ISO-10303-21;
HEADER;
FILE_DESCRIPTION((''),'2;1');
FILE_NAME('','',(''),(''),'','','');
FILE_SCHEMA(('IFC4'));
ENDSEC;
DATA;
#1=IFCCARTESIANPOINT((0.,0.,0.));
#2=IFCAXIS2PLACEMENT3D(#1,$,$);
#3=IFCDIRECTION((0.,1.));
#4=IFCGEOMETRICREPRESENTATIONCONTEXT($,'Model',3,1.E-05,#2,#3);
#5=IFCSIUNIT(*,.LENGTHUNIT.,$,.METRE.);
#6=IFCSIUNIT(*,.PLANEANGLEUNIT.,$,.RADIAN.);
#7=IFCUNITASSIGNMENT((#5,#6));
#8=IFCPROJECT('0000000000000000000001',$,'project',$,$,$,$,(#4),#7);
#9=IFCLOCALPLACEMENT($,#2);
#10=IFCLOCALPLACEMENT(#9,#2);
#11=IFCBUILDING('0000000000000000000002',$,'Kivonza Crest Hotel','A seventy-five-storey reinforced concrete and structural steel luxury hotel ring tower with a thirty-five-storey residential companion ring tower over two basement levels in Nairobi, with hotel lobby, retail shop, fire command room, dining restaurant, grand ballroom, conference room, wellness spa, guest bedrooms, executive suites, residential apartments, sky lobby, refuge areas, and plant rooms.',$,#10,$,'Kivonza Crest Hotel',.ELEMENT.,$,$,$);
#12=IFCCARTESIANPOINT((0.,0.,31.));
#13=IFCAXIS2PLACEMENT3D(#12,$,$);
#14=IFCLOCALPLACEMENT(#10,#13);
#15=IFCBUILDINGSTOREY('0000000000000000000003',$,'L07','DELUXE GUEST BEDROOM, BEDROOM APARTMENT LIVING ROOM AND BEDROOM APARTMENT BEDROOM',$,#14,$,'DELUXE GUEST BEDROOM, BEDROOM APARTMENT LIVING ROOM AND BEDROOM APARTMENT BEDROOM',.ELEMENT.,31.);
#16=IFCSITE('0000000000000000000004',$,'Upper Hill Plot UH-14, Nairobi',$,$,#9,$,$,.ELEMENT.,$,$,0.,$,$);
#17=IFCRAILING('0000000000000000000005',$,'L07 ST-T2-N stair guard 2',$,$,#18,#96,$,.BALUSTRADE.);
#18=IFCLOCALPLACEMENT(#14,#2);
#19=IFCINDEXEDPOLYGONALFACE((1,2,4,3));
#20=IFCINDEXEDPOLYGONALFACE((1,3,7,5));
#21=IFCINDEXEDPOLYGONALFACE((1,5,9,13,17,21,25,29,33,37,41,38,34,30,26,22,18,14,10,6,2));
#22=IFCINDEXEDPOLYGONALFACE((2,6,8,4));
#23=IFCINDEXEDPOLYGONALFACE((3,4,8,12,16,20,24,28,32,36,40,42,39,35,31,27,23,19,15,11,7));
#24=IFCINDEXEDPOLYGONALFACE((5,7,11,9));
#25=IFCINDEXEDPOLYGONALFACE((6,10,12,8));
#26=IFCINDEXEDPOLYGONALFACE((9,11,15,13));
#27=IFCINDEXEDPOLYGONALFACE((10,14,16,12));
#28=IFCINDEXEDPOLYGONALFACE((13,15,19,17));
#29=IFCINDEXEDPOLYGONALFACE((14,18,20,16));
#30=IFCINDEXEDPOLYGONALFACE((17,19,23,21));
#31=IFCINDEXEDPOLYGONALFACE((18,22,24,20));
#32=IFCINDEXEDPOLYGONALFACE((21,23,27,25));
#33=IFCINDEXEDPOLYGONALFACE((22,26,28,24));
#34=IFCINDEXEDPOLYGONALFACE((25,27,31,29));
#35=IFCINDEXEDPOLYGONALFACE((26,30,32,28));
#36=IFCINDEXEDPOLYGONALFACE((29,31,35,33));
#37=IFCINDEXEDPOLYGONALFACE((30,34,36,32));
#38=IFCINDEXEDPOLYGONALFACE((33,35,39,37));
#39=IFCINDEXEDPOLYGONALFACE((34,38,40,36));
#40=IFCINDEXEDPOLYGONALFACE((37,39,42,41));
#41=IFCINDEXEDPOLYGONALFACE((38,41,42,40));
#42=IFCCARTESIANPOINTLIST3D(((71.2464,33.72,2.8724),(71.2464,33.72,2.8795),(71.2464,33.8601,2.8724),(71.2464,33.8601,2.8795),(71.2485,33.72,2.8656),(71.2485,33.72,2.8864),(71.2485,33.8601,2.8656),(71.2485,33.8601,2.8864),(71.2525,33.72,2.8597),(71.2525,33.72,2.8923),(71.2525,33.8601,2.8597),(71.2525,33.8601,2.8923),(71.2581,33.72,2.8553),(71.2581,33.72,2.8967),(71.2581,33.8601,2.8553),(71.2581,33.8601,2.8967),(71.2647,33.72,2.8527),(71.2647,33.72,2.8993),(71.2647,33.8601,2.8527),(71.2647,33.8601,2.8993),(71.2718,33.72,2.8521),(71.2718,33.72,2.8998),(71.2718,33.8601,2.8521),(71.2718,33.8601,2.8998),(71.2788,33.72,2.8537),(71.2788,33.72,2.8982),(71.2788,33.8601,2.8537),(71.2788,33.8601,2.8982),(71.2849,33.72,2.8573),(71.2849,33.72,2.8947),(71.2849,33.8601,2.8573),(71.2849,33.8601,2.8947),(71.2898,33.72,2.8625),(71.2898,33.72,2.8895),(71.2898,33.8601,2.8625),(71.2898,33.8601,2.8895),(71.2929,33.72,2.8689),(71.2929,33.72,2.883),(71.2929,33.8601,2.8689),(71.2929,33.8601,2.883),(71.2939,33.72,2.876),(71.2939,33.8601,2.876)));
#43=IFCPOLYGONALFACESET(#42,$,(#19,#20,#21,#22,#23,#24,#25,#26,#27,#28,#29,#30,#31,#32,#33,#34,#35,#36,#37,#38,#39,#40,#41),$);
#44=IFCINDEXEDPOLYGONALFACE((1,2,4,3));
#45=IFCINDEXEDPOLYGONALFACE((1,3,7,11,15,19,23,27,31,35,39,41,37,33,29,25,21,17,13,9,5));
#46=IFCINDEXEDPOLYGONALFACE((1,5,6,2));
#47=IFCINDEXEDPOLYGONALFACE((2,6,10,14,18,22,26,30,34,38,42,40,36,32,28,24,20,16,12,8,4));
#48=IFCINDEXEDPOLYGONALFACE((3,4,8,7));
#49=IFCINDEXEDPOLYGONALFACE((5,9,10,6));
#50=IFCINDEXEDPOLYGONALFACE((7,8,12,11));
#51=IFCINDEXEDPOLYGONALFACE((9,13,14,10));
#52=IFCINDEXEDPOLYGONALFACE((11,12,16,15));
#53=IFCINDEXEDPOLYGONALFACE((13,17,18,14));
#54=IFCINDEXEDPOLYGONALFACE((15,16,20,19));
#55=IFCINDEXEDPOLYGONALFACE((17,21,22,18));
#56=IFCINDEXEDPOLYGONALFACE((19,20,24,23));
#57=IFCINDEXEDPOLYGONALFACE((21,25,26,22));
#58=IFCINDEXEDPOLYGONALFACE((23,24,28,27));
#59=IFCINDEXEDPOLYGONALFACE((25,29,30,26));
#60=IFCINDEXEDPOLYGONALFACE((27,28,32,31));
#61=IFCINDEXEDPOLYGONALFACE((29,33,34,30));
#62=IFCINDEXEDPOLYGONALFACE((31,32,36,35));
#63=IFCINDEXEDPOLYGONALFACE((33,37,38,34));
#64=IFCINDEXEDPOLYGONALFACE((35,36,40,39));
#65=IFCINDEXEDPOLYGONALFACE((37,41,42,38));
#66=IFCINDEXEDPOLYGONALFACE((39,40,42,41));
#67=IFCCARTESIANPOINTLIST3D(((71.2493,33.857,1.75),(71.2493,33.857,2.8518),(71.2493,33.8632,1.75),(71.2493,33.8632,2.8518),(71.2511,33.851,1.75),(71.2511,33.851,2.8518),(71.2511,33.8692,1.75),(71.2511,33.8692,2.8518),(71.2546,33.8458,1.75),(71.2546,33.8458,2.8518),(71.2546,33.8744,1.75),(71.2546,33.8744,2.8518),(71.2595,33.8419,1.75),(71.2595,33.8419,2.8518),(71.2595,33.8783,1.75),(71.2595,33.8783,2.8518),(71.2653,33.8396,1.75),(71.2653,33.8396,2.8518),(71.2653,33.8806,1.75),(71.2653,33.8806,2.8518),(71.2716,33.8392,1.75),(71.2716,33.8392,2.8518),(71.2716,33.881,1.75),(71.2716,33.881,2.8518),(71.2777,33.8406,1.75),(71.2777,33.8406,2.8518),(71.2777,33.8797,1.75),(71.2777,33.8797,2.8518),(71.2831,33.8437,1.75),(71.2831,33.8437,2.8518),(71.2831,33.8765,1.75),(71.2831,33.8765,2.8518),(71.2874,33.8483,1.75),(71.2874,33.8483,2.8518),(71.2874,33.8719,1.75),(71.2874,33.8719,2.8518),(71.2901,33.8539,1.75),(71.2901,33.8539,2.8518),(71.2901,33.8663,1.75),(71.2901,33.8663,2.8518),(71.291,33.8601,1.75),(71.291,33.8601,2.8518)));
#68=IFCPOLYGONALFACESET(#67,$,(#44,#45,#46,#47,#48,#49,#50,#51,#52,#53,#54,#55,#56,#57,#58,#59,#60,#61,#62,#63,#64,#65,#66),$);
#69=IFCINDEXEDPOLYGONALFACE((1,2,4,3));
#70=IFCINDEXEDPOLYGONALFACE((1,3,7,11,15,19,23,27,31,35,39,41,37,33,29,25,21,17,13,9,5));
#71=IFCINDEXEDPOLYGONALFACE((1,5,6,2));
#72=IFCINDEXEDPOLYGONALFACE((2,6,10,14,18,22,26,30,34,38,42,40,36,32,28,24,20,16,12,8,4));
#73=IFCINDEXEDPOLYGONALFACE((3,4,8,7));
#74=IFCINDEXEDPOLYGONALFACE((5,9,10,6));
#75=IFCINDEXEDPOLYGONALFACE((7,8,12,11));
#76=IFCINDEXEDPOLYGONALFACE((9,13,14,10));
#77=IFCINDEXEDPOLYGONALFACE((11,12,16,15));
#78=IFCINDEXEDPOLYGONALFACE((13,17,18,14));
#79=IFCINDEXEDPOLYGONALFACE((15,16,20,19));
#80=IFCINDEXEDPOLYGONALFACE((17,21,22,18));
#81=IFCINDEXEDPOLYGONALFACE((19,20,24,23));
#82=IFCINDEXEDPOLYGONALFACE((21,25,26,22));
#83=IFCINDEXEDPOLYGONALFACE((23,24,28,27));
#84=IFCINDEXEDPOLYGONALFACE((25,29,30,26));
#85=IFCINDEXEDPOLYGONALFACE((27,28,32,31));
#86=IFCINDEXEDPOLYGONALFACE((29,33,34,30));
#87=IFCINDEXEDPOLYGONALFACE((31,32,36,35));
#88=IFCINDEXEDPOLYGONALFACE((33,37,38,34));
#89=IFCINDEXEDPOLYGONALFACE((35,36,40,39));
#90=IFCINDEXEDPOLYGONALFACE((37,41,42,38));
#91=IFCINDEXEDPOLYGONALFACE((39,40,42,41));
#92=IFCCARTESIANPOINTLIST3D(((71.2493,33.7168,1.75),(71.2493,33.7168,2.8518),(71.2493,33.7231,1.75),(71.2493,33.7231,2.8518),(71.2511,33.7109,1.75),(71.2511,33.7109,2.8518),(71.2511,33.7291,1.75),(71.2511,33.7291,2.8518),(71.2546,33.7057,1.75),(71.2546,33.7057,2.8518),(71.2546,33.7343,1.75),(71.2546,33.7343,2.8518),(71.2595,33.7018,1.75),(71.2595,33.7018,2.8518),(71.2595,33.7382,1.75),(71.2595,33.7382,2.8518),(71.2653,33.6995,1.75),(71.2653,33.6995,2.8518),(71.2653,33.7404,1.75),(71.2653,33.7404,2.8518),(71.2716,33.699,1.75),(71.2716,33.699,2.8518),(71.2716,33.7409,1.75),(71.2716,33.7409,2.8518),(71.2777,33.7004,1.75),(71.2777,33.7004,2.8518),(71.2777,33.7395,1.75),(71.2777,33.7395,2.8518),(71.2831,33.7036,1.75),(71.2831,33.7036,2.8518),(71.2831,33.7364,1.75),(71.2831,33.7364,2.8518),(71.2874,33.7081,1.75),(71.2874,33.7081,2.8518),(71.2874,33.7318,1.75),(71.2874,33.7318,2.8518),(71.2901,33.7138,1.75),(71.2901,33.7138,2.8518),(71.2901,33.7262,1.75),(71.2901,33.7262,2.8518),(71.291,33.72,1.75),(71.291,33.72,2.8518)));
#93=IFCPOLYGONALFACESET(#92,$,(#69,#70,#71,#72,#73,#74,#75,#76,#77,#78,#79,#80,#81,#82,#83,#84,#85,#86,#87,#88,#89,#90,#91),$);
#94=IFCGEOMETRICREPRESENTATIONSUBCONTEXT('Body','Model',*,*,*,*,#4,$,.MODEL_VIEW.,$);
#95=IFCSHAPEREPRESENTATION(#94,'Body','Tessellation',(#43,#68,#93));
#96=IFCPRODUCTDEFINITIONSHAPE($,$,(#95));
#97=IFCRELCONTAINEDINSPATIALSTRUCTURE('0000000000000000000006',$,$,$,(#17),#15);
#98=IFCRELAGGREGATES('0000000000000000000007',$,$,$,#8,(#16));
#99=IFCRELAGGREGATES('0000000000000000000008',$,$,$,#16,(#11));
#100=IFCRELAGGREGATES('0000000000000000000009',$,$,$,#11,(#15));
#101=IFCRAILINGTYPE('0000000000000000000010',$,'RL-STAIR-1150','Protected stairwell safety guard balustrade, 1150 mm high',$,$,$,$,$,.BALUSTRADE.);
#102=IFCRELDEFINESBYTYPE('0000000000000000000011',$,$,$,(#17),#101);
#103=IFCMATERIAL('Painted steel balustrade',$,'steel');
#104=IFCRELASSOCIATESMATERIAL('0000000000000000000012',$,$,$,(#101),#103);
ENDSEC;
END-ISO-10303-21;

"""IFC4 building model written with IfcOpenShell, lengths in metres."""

from ifc_helpers import new_model, si_unit, direction, frame, origin, origin_2d, place, context, subcontext, project, spatial, circle, extrude, material, type_object, element, save


model = new_model("IFC4")

# Units and contexts
model_context = context("Model", 3, precision=1e-05, world=origin(), true_north=direction((0.0, 1.0)))
body_context = subcontext(model_context, "Body", "Model", "MODEL_VIEW")
ifc_project = project(units=[si_unit("LENGTHUNIT", "METRE"), si_unit("PLANEANGLEUNIT", "RADIAN")], contexts=[model_context])

# Site, building, storey
site_placement = place(None, origin())
site = spatial("IfcSite", under=ifc_project, at=site_placement, Name="Upper Hill Plot UH-14, Nairobi", CompositionType="ELEMENT", RefElevation=0.0)
building_placement = place(site_placement, origin())
building = spatial("IfcBuilding", under=site, at=building_placement, Name="Kivonza Crest Hotel", Description="A seventy-five-storey reinforced concrete and structural steel luxury hotel ring tower with a thirty-five-storey residential companion ring tower over two basement levels in Nairobi, with hotel lobby, retail shop, fire command room, dining restaurant, grand ballroom, conference room, wellness spa, guest bedrooms, executive suites, residential apartments, sky lobby, refuge areas, and plant rooms.", LongName="Kivonza Crest Hotel", CompositionType="ELEMENT")
storey_placement = place(building_placement, frame((0.0, 0.0, 31.0)))
storey = spatial("IfcBuildingStorey", under=building, at=storey_placement, Name="L07", Description="DELUXE GUEST BEDROOM, BEDROOM APARTMENT LIVING ROOM AND BEDROOM APARTMENT BEDROOM", LongName="DELUXE GUEST BEDROOM, BEDROOM APARTMENT LIVING ROOM AND BEDROOM APARTMENT BEDROOM", CompositionType="ELEMENT", Elevation=31.0)

# Railing
ifc_material_1 = material(Name="Painted steel balustrade", Category="steel")
railing_type_1 = type_object("IfcRailingType", Name="RL-STAIR-1150", Description="Protected stairwell safety guard balustrade, 1150 mm high", PredefinedType="BALUSTRADE", material=ifc_material_1)
railing_1_placement = place(storey_placement, frame((71.27, 33.8601, 1.75)))
element("IfcRailing", 1, at=railing_1_placement, inside=storey, type_object=railing_type_1, Name="L07 ST-T2-N stair guard 2", PredefinedType="BALUSTRADE", context=body_context, shape_type="SweptSolid", body=[
    extrude(circle(Radius=0.0239, at=origin_2d()), frame((0.0, 0.0, 1.126), z_axis=(0.0, -1.0, 0.0), x_axis=(1.0, 0.0, 0.0)), (0.0, 0.0, 1.0), 0.1401),
    extrude(circle(Radius=0.021, at=origin_2d()), origin(), (0.0, 0.0, 1.0), 1.1018),
    extrude(circle(Radius=0.021, at=origin_2d()), frame((0.0, -0.1401, 0.0)), (0.0, 0.0, 1.0), 1.1018),
])

save(model, "model.ifc")
